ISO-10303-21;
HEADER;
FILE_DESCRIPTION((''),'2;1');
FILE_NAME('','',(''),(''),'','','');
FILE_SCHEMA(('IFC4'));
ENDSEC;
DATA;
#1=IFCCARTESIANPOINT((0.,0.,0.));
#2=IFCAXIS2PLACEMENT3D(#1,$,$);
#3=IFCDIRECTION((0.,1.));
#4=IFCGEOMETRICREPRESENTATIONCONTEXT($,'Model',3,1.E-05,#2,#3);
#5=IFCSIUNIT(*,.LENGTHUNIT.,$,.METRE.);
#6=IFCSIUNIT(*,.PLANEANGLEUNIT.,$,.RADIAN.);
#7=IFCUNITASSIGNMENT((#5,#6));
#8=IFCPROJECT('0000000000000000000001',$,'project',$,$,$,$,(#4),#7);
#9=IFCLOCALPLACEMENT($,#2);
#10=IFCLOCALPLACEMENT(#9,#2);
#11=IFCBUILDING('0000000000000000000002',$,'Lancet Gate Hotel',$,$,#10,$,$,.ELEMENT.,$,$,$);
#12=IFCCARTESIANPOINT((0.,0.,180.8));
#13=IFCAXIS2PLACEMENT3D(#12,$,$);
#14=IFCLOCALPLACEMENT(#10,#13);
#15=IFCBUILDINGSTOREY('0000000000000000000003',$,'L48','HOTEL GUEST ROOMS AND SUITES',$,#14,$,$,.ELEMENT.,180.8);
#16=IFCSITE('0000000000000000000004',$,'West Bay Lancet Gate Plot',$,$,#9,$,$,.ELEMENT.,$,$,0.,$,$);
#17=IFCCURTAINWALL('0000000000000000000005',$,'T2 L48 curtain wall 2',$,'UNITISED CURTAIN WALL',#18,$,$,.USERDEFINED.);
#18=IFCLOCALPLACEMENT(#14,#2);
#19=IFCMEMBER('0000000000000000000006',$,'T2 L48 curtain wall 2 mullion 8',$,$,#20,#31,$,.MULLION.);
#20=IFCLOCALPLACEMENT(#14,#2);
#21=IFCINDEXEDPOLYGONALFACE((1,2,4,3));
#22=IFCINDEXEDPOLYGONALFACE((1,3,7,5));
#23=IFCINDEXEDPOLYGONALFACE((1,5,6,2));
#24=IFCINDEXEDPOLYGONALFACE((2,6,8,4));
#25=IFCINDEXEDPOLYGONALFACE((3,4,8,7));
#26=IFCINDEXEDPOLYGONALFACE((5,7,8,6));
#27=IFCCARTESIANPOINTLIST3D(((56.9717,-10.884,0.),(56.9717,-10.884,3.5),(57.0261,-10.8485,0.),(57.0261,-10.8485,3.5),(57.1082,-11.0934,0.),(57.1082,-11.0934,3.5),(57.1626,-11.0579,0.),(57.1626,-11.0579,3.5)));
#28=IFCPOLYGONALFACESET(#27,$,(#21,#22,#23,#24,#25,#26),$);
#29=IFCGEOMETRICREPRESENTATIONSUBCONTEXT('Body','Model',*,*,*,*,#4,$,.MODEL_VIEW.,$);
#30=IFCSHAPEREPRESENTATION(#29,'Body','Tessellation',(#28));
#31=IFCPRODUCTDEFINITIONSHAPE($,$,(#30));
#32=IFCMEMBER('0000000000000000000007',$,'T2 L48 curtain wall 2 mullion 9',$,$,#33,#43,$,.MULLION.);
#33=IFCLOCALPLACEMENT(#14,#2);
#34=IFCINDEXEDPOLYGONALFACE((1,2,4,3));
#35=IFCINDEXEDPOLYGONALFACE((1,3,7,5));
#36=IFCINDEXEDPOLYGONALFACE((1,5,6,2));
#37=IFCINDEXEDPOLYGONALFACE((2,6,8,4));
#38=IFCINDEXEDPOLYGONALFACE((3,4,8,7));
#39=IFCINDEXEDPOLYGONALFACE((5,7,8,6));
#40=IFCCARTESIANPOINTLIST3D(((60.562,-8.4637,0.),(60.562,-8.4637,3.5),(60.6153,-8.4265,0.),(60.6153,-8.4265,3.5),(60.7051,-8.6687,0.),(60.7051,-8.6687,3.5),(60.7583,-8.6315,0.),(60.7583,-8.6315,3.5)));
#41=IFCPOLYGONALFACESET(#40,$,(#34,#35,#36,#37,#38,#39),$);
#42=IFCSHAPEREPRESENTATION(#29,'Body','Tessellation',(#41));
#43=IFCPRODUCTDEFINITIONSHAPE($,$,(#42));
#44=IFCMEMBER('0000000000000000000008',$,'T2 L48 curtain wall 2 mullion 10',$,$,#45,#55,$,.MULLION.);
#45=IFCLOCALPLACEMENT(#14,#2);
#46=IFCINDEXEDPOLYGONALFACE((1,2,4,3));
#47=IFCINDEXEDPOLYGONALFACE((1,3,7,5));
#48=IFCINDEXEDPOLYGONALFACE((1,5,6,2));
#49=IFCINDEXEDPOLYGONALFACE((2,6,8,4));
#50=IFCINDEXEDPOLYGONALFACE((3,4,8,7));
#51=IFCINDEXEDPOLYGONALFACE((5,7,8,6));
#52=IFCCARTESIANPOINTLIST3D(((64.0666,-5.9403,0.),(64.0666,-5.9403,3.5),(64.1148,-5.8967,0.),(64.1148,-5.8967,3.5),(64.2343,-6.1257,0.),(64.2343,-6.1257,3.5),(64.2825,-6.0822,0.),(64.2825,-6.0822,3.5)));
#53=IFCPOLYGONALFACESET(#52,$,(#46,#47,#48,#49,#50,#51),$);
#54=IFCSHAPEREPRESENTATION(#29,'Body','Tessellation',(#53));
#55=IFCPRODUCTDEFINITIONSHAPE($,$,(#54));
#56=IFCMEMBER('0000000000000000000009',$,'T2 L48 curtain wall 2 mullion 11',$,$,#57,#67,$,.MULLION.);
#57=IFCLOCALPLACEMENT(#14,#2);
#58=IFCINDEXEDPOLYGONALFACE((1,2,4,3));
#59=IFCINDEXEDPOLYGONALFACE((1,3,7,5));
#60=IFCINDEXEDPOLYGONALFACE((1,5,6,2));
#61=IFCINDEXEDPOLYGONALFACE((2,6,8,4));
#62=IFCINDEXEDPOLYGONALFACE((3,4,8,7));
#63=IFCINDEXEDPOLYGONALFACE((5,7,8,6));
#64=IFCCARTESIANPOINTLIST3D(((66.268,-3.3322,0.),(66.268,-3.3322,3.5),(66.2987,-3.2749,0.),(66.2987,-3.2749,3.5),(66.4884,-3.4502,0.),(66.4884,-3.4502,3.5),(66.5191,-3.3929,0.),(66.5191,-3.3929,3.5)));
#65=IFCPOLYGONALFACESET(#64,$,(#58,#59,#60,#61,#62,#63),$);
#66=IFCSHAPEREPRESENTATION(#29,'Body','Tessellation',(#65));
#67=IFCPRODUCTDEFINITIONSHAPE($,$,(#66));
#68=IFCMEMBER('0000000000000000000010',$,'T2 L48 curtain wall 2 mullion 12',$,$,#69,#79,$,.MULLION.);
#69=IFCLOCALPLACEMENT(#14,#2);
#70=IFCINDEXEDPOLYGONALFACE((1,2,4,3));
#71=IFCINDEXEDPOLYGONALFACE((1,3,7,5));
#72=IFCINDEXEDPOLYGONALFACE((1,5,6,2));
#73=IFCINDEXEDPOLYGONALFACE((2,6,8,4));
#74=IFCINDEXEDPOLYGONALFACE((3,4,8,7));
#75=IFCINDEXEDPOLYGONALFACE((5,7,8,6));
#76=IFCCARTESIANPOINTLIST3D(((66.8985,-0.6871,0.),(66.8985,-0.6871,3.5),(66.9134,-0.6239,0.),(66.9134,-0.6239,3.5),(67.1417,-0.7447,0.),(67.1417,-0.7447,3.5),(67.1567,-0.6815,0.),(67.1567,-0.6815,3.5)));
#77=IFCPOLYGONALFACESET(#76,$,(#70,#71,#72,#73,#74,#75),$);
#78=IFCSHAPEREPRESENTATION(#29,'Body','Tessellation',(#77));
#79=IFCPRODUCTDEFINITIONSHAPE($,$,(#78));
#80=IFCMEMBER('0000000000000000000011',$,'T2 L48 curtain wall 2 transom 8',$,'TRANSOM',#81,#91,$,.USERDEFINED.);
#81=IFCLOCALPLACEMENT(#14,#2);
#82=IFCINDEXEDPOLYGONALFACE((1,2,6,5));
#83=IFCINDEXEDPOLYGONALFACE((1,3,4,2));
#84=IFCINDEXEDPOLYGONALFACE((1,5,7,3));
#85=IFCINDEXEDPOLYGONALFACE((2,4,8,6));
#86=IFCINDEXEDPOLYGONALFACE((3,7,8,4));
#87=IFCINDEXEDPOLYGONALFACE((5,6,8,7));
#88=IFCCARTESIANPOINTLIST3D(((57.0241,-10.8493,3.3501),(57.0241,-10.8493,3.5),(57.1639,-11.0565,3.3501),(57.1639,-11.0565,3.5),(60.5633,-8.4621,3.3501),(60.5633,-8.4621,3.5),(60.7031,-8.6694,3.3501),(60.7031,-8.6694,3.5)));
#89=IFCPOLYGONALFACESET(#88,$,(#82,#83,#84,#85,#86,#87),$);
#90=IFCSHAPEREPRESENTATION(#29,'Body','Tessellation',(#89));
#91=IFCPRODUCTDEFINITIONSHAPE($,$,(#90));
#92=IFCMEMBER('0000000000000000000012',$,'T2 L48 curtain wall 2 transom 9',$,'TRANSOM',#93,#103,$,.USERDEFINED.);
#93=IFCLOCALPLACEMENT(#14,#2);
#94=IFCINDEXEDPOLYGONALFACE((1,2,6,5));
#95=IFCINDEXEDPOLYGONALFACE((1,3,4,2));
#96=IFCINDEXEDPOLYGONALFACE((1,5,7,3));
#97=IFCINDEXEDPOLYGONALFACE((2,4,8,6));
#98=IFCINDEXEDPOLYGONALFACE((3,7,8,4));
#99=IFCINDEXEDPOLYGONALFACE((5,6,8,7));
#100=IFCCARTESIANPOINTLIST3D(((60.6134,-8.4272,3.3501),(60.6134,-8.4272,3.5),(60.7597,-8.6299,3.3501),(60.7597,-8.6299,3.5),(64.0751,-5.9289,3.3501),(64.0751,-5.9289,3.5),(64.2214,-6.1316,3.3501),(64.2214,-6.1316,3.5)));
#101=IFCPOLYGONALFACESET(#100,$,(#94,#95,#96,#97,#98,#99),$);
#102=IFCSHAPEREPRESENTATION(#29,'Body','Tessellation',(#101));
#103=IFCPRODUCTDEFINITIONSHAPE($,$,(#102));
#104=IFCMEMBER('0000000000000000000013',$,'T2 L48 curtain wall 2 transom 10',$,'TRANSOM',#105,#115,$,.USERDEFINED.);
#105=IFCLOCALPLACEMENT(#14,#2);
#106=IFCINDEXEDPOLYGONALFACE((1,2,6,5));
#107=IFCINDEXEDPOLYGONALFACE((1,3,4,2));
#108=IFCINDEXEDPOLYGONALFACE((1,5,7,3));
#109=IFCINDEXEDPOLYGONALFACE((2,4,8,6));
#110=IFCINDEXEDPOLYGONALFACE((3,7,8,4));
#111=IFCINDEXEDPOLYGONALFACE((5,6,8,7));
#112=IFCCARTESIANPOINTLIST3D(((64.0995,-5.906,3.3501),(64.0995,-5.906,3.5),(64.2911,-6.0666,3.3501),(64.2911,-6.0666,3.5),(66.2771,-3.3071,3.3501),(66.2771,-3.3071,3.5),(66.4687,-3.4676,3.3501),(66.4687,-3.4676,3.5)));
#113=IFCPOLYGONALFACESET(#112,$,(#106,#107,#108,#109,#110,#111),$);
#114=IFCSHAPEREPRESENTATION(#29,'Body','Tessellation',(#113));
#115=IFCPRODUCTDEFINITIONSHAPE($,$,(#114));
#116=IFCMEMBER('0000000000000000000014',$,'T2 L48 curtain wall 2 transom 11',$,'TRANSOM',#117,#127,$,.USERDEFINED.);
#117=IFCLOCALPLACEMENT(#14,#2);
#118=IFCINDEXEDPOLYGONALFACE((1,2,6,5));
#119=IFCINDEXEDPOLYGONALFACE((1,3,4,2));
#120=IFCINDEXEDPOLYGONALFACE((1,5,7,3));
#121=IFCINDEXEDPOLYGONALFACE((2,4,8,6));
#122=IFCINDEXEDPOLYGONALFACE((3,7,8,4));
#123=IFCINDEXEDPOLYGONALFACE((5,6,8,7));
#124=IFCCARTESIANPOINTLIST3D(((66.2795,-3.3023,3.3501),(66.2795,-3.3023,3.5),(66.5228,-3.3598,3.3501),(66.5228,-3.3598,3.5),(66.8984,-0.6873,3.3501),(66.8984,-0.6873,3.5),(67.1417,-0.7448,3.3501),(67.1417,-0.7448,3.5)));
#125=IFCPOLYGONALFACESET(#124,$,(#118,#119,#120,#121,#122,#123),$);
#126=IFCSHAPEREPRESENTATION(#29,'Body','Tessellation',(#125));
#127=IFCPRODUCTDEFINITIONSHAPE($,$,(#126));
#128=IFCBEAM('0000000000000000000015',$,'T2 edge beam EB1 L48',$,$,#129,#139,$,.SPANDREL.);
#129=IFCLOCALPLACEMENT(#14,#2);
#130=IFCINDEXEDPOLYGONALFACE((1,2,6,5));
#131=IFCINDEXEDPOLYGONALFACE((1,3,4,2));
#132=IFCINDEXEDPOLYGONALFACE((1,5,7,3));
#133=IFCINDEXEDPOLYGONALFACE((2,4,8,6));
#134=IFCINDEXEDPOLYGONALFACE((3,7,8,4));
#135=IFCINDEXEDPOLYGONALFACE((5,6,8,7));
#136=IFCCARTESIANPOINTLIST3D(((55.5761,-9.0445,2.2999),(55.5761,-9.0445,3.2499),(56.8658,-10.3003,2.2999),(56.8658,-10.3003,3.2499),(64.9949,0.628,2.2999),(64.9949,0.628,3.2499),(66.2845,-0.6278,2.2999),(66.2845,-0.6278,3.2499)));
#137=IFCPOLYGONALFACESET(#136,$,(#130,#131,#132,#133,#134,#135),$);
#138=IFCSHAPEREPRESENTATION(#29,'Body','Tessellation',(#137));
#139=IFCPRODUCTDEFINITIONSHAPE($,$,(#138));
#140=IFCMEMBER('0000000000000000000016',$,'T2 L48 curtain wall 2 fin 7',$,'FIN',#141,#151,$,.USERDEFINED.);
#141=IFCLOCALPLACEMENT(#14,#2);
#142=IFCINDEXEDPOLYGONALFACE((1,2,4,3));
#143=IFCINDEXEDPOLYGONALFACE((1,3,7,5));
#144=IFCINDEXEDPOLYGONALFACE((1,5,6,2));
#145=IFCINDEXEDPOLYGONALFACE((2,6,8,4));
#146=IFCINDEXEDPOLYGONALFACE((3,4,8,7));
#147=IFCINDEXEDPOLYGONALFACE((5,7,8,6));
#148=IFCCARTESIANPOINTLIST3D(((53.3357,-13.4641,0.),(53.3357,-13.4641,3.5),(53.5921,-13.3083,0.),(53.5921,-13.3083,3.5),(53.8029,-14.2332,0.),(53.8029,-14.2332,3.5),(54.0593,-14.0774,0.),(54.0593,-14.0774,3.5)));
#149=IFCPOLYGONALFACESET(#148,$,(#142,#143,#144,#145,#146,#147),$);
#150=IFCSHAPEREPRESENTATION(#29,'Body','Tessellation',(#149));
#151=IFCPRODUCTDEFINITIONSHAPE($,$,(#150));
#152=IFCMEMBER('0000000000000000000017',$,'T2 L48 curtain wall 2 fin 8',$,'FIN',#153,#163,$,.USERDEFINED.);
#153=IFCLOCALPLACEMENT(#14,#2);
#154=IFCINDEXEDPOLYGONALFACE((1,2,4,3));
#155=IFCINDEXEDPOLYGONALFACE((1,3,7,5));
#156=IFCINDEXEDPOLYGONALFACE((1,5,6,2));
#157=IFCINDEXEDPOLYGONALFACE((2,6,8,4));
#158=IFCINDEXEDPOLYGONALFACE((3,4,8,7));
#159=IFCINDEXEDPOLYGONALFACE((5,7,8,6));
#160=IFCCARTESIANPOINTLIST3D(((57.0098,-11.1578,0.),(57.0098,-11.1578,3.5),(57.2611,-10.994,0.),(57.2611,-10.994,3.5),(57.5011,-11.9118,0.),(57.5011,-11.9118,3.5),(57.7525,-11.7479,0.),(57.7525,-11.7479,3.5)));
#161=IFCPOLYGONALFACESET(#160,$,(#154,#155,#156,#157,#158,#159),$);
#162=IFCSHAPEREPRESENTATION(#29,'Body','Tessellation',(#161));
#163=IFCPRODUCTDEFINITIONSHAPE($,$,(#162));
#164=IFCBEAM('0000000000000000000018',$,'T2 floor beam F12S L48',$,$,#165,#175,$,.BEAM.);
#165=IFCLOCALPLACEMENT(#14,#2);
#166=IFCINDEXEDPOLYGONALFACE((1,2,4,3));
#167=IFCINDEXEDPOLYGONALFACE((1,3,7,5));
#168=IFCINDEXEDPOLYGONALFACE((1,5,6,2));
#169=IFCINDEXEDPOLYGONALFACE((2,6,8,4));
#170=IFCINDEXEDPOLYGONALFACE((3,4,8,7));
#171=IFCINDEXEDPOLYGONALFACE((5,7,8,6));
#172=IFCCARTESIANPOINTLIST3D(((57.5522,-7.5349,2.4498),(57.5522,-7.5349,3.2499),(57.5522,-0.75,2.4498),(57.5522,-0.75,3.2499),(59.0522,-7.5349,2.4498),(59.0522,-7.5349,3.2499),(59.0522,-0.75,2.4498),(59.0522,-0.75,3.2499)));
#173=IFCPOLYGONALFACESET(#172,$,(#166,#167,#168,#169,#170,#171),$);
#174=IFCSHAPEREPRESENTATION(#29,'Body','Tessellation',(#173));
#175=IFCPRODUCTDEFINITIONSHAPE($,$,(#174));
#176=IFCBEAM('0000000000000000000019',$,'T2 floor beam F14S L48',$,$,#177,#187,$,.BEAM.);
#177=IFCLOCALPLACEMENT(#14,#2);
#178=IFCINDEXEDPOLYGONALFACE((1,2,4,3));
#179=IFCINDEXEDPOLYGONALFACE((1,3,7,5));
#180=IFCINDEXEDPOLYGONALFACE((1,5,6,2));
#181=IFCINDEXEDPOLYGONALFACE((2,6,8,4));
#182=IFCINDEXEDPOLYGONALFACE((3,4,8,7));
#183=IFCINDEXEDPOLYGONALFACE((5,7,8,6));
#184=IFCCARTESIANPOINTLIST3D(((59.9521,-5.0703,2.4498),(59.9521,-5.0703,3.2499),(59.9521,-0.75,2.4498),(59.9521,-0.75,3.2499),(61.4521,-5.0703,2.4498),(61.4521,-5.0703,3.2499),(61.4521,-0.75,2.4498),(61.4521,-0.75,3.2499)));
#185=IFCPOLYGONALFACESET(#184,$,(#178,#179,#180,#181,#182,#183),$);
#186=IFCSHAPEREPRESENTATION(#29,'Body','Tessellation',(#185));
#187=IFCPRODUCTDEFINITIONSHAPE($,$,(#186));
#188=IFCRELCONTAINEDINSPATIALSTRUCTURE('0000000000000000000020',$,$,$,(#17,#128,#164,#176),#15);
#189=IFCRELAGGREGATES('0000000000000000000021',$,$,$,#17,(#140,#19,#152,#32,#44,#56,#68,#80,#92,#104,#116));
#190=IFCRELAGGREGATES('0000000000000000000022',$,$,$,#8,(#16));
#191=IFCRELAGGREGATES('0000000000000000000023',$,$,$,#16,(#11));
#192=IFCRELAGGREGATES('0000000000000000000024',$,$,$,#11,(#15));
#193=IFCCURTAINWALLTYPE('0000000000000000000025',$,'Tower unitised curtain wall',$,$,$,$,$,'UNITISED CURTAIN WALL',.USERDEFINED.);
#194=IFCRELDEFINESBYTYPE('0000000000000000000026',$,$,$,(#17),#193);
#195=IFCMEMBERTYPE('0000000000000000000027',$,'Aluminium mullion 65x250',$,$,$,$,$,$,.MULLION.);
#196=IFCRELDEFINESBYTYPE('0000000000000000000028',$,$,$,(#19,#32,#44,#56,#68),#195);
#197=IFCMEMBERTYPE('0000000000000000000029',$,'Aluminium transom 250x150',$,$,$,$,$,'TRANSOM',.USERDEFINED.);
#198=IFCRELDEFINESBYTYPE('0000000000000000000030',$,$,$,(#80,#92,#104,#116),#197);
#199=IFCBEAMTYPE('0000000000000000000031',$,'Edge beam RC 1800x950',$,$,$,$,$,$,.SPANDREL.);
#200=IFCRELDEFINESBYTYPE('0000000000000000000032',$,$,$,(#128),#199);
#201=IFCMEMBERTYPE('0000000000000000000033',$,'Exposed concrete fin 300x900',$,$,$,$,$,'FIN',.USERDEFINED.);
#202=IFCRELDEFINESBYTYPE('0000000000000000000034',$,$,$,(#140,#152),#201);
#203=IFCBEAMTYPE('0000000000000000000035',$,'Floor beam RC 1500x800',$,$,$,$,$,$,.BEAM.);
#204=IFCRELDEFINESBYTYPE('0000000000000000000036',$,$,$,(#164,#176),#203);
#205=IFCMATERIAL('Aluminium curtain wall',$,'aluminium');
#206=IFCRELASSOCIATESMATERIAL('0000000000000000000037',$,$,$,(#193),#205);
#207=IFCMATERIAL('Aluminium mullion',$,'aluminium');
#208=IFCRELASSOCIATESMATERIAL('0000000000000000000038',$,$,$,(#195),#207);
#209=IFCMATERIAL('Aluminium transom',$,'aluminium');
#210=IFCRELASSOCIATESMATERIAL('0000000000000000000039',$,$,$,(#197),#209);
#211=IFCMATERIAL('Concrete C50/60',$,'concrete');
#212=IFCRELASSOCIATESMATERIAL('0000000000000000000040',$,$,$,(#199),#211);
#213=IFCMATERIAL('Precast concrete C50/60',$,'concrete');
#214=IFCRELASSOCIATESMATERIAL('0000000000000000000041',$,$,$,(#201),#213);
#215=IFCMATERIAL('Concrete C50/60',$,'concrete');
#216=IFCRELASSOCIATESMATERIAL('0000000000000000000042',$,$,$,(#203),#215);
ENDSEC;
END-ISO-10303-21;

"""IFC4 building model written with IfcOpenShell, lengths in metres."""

from ifc_helpers import new_model, si_unit, direction, frame, origin, origin_2d, place, context, subcontext, project, spatial, rectangle, extrude, material, material_profile, profile_set, type_object, element, aggregate, save


model = new_model("IFC4")

# Units and contexts
model_context = context("Model", 3, precision=1e-05, world=origin(), true_north=direction((0.0, 1.0)))
body_context = subcontext(model_context, "Body", "Model", "MODEL_VIEW")
ifc_project = project(units=[si_unit("LENGTHUNIT", "METRE"), si_unit("PLANEANGLEUNIT", "RADIAN")], contexts=[model_context])

# Site, building, storey
site_placement = place(None, origin())
site = spatial("IfcSite", under=ifc_project, at=site_placement, Name="West Bay Lancet Gate Plot", CompositionType="ELEMENT", RefElevation=0.0)
building_placement = place(site_placement, origin())
building = spatial("IfcBuilding", under=site, at=building_placement, Name="Lancet Gate Hotel", CompositionType="ELEMENT")
storey_placement = place(building_placement, frame((0.0, 0.0, 180.8)))
storey = spatial("IfcBuildingStorey", under=building, at=storey_placement, Name="L48", Description="HOTEL GUEST ROOMS AND SUITES", CompositionType="ELEMENT", Elevation=180.8)

# Curtain wall, members
ifc_material_1 = material(Name="Aluminium curtain wall", Category="aluminium")
curtain_wall_type = type_object("IfcCurtainWallType", Name="Tower unitised curtain wall", ElementType="UNITISED CURTAIN WALL", PredefinedType="USERDEFINED", material=ifc_material_1)
curtain_wall_placement = place(storey_placement, origin())
curtain_wall = element("IfcCurtainWall", 1, at=curtain_wall_placement, inside=storey, type_object=curtain_wall_type, Name="T2 L48 curtain wall 2", ObjectType="UNITISED CURTAIN WALL", PredefinedType="USERDEFINED")
ifc_material_2 = material(Name="Aluminium mullion", Category="aluminium")
ifc_material_profile_1 = material_profile(ifc_material_2, rectangle(XDim=0.0649, YDim=0.25, at=origin_2d()), Name="MULLION 65x250")
ifc_profile_set_1 = profile_set([ifc_material_profile_1], Name="Aluminium mullion")
member_type_1 = type_object("IfcMemberType", Name="Aluminium mullion 65x250", PredefinedType="MULLION", material=ifc_profile_set_1)
member_1_placement = place(storey_placement, frame((57.0671, -10.9709, 0.0), z_axis=(0.0, 0.0, 1.0), x_axis=(0.837801, 0.545976, 0.0)))
member_1 = element("IfcMember", 2, at=member_1_placement, type_object=member_type_1, Name="T2 L48 curtain wall 2 mullion 8", PredefinedType="MULLION", context=body_context, shape_type="SweptSolid", body=[
    extrude(rectangle(XDim=0.0649, YDim=0.25, at=origin_2d()), origin(), (0.0, 0.0, 1.0), 3.5),
])
member_2_placement = place(storey_placement, frame((60.6602, -8.5476, 0.0), z_axis=(0.0, 0.0, 1.0), x_axis=(0.820068, 0.572266, 0.0)))
member_2 = element("IfcMember", 3, at=member_2_placement, type_object=member_type_1, Name="T2 L48 curtain wall 2 mullion 9", PredefinedType="MULLION", context=body_context, shape_type="SweptSolid", body=[
    extrude(rectangle(XDim=0.0649, YDim=0.25, at=origin_2d()), origin(), (0.0, 0.0, 1.0), 3.5),
])
member_3_placement = place(storey_placement, frame((64.1746, -6.0112, 0.0), z_axis=(0.0, 0.0, 1.0), x_axis=(0.741693, 0.670739, 0.0)))
member_3 = element("IfcMember", 4, at=member_3_placement, type_object=member_type_1, Name="T2 L48 curtain wall 2 mullion 10", PredefinedType="MULLION", context=body_context, shape_type="SweptSolid", body=[
    extrude(rectangle(XDim=0.0649, YDim=0.25, at=origin_2d()), origin(), (0.0, 0.0, 1.0), 3.5),
])
member_4_placement = place(storey_placement, frame((66.3936, -3.3625, 0.0), z_axis=(0.0, 0.0, 1.0), x_axis=(0.472146, 0.88152, 0.0)))
member_4 = element("IfcMember", 5, at=member_4_placement, type_object=member_type_1, Name="T2 L48 curtain wall 2 mullion 11", PredefinedType="MULLION", context=body_context, shape_type="SweptSolid", body=[
    extrude(rectangle(XDim=0.0649, YDim=0.25, at=origin_2d()), origin(), (0.0, 0.0, 1.0), 3.5),
])
member_5_placement = place(storey_placement, frame((67.0276, -0.6843, 0.0), z_axis=(0.0, 0.0, 1.0), x_axis=(0.230367, 0.973104, 0.0)))
member_5 = element("IfcMember", 6, at=member_5_placement, type_object=member_type_1, Name="T2 L48 curtain wall 2 mullion 12", PredefinedType="MULLION", context=body_context, shape_type="SweptSolid", body=[
    extrude(rectangle(XDim=0.0649, YDim=0.25, at=origin_2d()), origin(), (0.0, 0.0, 1.0), 3.5),
])
ifc_material_3 = material(Name="Aluminium transom", Category="aluminium")
ifc_material_profile_2 = material_profile(ifc_material_3, rectangle(XDim=0.25, YDim=0.1499, at=origin_2d()), Name="TRANSOM 250x150")
ifc_profile_set_2 = profile_set([ifc_material_profile_2], Name="Aluminium transom")
member_type_2 = type_object("IfcMemberType", Name="Aluminium transom 250x150", ElementType="TRANSOM", PredefinedType="USERDEFINED", material=ifc_profile_set_2)
member_6_placement = place(storey_placement, frame((57.094, -10.9529, 3.425), z_axis=(0.829047, 0.559179, 0.0), x_axis=(-0.559179, 0.829047, 0.0)))
member_6 = element("IfcMember", 7, at=member_6_placement, type_object=member_type_2, Name="T2 L48 curtain wall 2 transom 8", ObjectType="TRANSOM", PredefinedType="USERDEFINED", context=body_context, shape_type="SweptSolid", body=[
    extrude(rectangle(XDim=0.25, YDim=0.1499, at=origin_2d()), origin(), (0.0, 0.0, 1.0), 4.269),
])
member_7_placement = place(storey_placement, frame((60.6865, -8.5286, 3.425), z_axis=(0.81088, 0.585213, 0.0), x_axis=(-0.585213, 0.81088, 0.0)))
member_7 = element("IfcMember", 8, at=member_7_placement, type_object=member_type_2, Name="T2 L48 curtain wall 2 transom 9", ObjectType="TRANSOM", PredefinedType="USERDEFINED", context=body_context, shape_type="SweptSolid", body=[
    extrude(rectangle(XDim=0.25, YDim=0.1499, at=origin_2d()), origin(), (0.0, 0.0, 1.0), 4.269),
])
member_8_placement = place(storey_placement, frame((64.1953, -5.9863, 3.425), z_axis=(0.642229, 0.766513, 0.0), x_axis=(-0.766513, 0.642229, 0.0)))
member_8 = element("IfcMember", 9, at=member_8_placement, type_object=member_type_2, Name="T2 L48 curtain wall 2 transom 10", ObjectType="TRANSOM", PredefinedType="USERDEFINED", context=body_context, shape_type="SweptSolid", body=[
    extrude(rectangle(XDim=0.25, YDim=0.1499, at=origin_2d()), origin(), (0.0, 0.0, 1.0), 3.3906),
])
member_9_placement = place(storey_placement, frame((66.4011, -3.3311, 3.425), z_axis=(0.23031, 0.973117, 0.0), x_axis=(-0.973117, 0.23031, 0.0)))
member_9 = element("IfcMember", 10, at=member_9_placement, type_object=member_type_2, Name="T2 L48 curtain wall 2 transom 11", ObjectType="TRANSOM", PredefinedType="USERDEFINED", context=body_context, shape_type="SweptSolid", body=[
    extrude(rectangle(XDim=0.25, YDim=0.1499, at=origin_2d()), origin(), (0.0, 0.0, 1.0), 2.6873),
])

# Beam
ifc_material_4 = material(Name="Concrete C50/60", Category="concrete")
ifc_material_profile_3 = material_profile(ifc_material_4, rectangle(XDim=1.8, YDim=0.95, at=origin_2d()), Name="RC 1800x950")
ifc_profile_set_3 = profile_set([ifc_material_profile_3], Name="Concrete C50/60")
beam_type_1 = type_object("IfcBeamType", Name="Edge beam RC 1800x950", PredefinedType="SPANDREL", material=ifc_profile_set_3)
beam_1_placement = place(storey_placement, frame((56.2209, -9.6724, 2.7749), z_axis=(0.69765, 0.716439, 0.0), x_axis=(-0.716439, 0.69765, 0.0)))
element("IfcBeam", 11, at=beam_1_placement, inside=storey, type_object=beam_type_1, Name="T2 edge beam EB1 L48", PredefinedType="SPANDREL", context=body_context, shape_type="SweptSolid", body=[
    extrude(rectangle(XDim=1.8, YDim=0.95, at=origin_2d()), origin(), (0.0, 0.0, 1.0), 13.5007),
])

# Members
ifc_material_5 = material(Name="Precast concrete C50/60", Category="concrete")
ifc_material_profile_4 = material_profile(ifc_material_5, rectangle(XDim=0.3, YDim=0.8999, at=origin_2d()), Name="FIN 300x900")
ifc_profile_set_4 = profile_set([ifc_material_profile_4], Name="Precast concrete C50/60")
member_type_3 = type_object("IfcMemberType", Name="Exposed concrete fin 300x900", ElementType="FIN", PredefinedType="USERDEFINED", material=ifc_profile_set_4)
member_10_placement = place(storey_placement, frame((53.6975, -13.7708, 0.0), z_axis=(0.0, 0.0, 1.0), x_axis=(0.854691, 0.519137, 0.0)))
member_10 = element("IfcMember", 12, at=member_10_placement, type_object=member_type_3, Name="T2 L48 curtain wall 2 fin 7", ObjectType="FIN", PredefinedType="USERDEFINED", context=body_context, shape_type="SweptSolid", body=[
    extrude(rectangle(XDim=0.3, YDim=0.8999, at=origin_2d()), origin(), (0.0, 0.0, 1.0), 3.5),
])
member_11_placement = place(storey_placement, frame((57.3811, -11.4529, 0.0), z_axis=(0.0, 0.0, 1.0), x_axis=(0.837801, 0.545976, 0.0)))
member_11 = element("IfcMember", 13, at=member_11_placement, type_object=member_type_3, Name="T2 L48 curtain wall 2 fin 8", ObjectType="FIN", PredefinedType="USERDEFINED", context=body_context, shape_type="SweptSolid", body=[
    extrude(rectangle(XDim=0.3, YDim=0.8999, at=origin_2d()), origin(), (0.0, 0.0, 1.0), 3.5),
])

# Beams
ifc_material_6 = material(Name="Concrete C50/60", Category="concrete")
ifc_material_profile_5 = material_profile(ifc_material_6, rectangle(XDim=1.5, YDim=0.8, at=origin_2d()), Name="RC 1500x800")
ifc_profile_set_5 = profile_set([ifc_material_profile_5], Name="Concrete C50/60")
beam_type_2 = type_object("IfcBeamType", Name="Floor beam RC 1500x800", PredefinedType="BEAM", material=ifc_profile_set_5)
beam_2_placement = place(storey_placement, frame((58.3022, -7.5349, 2.8499), z_axis=(0.0, 1.0, 0.0), x_axis=(-1.0, 0.0, 0.0)))
element("IfcBeam", 14, at=beam_2_placement, inside=storey, type_object=beam_type_2, Name="T2 floor beam F12S L48", PredefinedType="BEAM", context=body_context, shape_type="SweptSolid", body=[
    extrude(rectangle(XDim=1.5, YDim=0.8, at=origin_2d()), origin(), (0.0, 0.0, 1.0), 6.7849),
])
beam_3_placement = place(storey_placement, frame((60.7021, -5.0703, 2.8499), z_axis=(0.0, 1.0, 0.0), x_axis=(-1.0, 0.0, 0.0)))
element("IfcBeam", 15, at=beam_3_placement, inside=storey, type_object=beam_type_2, Name="T2 floor beam F14S L48", PredefinedType="BEAM", context=body_context, shape_type="SweptSolid", body=[
    extrude(rectangle(XDim=1.5, YDim=0.8, at=origin_2d()), origin(), (0.0, 0.0, 1.0), 4.3203),
])

aggregate(curtain_wall, [member_10, member_1, member_11, member_2, member_3, member_4, member_5, member_6, member_7, member_8, member_9])

save(model, "model.ifc")
